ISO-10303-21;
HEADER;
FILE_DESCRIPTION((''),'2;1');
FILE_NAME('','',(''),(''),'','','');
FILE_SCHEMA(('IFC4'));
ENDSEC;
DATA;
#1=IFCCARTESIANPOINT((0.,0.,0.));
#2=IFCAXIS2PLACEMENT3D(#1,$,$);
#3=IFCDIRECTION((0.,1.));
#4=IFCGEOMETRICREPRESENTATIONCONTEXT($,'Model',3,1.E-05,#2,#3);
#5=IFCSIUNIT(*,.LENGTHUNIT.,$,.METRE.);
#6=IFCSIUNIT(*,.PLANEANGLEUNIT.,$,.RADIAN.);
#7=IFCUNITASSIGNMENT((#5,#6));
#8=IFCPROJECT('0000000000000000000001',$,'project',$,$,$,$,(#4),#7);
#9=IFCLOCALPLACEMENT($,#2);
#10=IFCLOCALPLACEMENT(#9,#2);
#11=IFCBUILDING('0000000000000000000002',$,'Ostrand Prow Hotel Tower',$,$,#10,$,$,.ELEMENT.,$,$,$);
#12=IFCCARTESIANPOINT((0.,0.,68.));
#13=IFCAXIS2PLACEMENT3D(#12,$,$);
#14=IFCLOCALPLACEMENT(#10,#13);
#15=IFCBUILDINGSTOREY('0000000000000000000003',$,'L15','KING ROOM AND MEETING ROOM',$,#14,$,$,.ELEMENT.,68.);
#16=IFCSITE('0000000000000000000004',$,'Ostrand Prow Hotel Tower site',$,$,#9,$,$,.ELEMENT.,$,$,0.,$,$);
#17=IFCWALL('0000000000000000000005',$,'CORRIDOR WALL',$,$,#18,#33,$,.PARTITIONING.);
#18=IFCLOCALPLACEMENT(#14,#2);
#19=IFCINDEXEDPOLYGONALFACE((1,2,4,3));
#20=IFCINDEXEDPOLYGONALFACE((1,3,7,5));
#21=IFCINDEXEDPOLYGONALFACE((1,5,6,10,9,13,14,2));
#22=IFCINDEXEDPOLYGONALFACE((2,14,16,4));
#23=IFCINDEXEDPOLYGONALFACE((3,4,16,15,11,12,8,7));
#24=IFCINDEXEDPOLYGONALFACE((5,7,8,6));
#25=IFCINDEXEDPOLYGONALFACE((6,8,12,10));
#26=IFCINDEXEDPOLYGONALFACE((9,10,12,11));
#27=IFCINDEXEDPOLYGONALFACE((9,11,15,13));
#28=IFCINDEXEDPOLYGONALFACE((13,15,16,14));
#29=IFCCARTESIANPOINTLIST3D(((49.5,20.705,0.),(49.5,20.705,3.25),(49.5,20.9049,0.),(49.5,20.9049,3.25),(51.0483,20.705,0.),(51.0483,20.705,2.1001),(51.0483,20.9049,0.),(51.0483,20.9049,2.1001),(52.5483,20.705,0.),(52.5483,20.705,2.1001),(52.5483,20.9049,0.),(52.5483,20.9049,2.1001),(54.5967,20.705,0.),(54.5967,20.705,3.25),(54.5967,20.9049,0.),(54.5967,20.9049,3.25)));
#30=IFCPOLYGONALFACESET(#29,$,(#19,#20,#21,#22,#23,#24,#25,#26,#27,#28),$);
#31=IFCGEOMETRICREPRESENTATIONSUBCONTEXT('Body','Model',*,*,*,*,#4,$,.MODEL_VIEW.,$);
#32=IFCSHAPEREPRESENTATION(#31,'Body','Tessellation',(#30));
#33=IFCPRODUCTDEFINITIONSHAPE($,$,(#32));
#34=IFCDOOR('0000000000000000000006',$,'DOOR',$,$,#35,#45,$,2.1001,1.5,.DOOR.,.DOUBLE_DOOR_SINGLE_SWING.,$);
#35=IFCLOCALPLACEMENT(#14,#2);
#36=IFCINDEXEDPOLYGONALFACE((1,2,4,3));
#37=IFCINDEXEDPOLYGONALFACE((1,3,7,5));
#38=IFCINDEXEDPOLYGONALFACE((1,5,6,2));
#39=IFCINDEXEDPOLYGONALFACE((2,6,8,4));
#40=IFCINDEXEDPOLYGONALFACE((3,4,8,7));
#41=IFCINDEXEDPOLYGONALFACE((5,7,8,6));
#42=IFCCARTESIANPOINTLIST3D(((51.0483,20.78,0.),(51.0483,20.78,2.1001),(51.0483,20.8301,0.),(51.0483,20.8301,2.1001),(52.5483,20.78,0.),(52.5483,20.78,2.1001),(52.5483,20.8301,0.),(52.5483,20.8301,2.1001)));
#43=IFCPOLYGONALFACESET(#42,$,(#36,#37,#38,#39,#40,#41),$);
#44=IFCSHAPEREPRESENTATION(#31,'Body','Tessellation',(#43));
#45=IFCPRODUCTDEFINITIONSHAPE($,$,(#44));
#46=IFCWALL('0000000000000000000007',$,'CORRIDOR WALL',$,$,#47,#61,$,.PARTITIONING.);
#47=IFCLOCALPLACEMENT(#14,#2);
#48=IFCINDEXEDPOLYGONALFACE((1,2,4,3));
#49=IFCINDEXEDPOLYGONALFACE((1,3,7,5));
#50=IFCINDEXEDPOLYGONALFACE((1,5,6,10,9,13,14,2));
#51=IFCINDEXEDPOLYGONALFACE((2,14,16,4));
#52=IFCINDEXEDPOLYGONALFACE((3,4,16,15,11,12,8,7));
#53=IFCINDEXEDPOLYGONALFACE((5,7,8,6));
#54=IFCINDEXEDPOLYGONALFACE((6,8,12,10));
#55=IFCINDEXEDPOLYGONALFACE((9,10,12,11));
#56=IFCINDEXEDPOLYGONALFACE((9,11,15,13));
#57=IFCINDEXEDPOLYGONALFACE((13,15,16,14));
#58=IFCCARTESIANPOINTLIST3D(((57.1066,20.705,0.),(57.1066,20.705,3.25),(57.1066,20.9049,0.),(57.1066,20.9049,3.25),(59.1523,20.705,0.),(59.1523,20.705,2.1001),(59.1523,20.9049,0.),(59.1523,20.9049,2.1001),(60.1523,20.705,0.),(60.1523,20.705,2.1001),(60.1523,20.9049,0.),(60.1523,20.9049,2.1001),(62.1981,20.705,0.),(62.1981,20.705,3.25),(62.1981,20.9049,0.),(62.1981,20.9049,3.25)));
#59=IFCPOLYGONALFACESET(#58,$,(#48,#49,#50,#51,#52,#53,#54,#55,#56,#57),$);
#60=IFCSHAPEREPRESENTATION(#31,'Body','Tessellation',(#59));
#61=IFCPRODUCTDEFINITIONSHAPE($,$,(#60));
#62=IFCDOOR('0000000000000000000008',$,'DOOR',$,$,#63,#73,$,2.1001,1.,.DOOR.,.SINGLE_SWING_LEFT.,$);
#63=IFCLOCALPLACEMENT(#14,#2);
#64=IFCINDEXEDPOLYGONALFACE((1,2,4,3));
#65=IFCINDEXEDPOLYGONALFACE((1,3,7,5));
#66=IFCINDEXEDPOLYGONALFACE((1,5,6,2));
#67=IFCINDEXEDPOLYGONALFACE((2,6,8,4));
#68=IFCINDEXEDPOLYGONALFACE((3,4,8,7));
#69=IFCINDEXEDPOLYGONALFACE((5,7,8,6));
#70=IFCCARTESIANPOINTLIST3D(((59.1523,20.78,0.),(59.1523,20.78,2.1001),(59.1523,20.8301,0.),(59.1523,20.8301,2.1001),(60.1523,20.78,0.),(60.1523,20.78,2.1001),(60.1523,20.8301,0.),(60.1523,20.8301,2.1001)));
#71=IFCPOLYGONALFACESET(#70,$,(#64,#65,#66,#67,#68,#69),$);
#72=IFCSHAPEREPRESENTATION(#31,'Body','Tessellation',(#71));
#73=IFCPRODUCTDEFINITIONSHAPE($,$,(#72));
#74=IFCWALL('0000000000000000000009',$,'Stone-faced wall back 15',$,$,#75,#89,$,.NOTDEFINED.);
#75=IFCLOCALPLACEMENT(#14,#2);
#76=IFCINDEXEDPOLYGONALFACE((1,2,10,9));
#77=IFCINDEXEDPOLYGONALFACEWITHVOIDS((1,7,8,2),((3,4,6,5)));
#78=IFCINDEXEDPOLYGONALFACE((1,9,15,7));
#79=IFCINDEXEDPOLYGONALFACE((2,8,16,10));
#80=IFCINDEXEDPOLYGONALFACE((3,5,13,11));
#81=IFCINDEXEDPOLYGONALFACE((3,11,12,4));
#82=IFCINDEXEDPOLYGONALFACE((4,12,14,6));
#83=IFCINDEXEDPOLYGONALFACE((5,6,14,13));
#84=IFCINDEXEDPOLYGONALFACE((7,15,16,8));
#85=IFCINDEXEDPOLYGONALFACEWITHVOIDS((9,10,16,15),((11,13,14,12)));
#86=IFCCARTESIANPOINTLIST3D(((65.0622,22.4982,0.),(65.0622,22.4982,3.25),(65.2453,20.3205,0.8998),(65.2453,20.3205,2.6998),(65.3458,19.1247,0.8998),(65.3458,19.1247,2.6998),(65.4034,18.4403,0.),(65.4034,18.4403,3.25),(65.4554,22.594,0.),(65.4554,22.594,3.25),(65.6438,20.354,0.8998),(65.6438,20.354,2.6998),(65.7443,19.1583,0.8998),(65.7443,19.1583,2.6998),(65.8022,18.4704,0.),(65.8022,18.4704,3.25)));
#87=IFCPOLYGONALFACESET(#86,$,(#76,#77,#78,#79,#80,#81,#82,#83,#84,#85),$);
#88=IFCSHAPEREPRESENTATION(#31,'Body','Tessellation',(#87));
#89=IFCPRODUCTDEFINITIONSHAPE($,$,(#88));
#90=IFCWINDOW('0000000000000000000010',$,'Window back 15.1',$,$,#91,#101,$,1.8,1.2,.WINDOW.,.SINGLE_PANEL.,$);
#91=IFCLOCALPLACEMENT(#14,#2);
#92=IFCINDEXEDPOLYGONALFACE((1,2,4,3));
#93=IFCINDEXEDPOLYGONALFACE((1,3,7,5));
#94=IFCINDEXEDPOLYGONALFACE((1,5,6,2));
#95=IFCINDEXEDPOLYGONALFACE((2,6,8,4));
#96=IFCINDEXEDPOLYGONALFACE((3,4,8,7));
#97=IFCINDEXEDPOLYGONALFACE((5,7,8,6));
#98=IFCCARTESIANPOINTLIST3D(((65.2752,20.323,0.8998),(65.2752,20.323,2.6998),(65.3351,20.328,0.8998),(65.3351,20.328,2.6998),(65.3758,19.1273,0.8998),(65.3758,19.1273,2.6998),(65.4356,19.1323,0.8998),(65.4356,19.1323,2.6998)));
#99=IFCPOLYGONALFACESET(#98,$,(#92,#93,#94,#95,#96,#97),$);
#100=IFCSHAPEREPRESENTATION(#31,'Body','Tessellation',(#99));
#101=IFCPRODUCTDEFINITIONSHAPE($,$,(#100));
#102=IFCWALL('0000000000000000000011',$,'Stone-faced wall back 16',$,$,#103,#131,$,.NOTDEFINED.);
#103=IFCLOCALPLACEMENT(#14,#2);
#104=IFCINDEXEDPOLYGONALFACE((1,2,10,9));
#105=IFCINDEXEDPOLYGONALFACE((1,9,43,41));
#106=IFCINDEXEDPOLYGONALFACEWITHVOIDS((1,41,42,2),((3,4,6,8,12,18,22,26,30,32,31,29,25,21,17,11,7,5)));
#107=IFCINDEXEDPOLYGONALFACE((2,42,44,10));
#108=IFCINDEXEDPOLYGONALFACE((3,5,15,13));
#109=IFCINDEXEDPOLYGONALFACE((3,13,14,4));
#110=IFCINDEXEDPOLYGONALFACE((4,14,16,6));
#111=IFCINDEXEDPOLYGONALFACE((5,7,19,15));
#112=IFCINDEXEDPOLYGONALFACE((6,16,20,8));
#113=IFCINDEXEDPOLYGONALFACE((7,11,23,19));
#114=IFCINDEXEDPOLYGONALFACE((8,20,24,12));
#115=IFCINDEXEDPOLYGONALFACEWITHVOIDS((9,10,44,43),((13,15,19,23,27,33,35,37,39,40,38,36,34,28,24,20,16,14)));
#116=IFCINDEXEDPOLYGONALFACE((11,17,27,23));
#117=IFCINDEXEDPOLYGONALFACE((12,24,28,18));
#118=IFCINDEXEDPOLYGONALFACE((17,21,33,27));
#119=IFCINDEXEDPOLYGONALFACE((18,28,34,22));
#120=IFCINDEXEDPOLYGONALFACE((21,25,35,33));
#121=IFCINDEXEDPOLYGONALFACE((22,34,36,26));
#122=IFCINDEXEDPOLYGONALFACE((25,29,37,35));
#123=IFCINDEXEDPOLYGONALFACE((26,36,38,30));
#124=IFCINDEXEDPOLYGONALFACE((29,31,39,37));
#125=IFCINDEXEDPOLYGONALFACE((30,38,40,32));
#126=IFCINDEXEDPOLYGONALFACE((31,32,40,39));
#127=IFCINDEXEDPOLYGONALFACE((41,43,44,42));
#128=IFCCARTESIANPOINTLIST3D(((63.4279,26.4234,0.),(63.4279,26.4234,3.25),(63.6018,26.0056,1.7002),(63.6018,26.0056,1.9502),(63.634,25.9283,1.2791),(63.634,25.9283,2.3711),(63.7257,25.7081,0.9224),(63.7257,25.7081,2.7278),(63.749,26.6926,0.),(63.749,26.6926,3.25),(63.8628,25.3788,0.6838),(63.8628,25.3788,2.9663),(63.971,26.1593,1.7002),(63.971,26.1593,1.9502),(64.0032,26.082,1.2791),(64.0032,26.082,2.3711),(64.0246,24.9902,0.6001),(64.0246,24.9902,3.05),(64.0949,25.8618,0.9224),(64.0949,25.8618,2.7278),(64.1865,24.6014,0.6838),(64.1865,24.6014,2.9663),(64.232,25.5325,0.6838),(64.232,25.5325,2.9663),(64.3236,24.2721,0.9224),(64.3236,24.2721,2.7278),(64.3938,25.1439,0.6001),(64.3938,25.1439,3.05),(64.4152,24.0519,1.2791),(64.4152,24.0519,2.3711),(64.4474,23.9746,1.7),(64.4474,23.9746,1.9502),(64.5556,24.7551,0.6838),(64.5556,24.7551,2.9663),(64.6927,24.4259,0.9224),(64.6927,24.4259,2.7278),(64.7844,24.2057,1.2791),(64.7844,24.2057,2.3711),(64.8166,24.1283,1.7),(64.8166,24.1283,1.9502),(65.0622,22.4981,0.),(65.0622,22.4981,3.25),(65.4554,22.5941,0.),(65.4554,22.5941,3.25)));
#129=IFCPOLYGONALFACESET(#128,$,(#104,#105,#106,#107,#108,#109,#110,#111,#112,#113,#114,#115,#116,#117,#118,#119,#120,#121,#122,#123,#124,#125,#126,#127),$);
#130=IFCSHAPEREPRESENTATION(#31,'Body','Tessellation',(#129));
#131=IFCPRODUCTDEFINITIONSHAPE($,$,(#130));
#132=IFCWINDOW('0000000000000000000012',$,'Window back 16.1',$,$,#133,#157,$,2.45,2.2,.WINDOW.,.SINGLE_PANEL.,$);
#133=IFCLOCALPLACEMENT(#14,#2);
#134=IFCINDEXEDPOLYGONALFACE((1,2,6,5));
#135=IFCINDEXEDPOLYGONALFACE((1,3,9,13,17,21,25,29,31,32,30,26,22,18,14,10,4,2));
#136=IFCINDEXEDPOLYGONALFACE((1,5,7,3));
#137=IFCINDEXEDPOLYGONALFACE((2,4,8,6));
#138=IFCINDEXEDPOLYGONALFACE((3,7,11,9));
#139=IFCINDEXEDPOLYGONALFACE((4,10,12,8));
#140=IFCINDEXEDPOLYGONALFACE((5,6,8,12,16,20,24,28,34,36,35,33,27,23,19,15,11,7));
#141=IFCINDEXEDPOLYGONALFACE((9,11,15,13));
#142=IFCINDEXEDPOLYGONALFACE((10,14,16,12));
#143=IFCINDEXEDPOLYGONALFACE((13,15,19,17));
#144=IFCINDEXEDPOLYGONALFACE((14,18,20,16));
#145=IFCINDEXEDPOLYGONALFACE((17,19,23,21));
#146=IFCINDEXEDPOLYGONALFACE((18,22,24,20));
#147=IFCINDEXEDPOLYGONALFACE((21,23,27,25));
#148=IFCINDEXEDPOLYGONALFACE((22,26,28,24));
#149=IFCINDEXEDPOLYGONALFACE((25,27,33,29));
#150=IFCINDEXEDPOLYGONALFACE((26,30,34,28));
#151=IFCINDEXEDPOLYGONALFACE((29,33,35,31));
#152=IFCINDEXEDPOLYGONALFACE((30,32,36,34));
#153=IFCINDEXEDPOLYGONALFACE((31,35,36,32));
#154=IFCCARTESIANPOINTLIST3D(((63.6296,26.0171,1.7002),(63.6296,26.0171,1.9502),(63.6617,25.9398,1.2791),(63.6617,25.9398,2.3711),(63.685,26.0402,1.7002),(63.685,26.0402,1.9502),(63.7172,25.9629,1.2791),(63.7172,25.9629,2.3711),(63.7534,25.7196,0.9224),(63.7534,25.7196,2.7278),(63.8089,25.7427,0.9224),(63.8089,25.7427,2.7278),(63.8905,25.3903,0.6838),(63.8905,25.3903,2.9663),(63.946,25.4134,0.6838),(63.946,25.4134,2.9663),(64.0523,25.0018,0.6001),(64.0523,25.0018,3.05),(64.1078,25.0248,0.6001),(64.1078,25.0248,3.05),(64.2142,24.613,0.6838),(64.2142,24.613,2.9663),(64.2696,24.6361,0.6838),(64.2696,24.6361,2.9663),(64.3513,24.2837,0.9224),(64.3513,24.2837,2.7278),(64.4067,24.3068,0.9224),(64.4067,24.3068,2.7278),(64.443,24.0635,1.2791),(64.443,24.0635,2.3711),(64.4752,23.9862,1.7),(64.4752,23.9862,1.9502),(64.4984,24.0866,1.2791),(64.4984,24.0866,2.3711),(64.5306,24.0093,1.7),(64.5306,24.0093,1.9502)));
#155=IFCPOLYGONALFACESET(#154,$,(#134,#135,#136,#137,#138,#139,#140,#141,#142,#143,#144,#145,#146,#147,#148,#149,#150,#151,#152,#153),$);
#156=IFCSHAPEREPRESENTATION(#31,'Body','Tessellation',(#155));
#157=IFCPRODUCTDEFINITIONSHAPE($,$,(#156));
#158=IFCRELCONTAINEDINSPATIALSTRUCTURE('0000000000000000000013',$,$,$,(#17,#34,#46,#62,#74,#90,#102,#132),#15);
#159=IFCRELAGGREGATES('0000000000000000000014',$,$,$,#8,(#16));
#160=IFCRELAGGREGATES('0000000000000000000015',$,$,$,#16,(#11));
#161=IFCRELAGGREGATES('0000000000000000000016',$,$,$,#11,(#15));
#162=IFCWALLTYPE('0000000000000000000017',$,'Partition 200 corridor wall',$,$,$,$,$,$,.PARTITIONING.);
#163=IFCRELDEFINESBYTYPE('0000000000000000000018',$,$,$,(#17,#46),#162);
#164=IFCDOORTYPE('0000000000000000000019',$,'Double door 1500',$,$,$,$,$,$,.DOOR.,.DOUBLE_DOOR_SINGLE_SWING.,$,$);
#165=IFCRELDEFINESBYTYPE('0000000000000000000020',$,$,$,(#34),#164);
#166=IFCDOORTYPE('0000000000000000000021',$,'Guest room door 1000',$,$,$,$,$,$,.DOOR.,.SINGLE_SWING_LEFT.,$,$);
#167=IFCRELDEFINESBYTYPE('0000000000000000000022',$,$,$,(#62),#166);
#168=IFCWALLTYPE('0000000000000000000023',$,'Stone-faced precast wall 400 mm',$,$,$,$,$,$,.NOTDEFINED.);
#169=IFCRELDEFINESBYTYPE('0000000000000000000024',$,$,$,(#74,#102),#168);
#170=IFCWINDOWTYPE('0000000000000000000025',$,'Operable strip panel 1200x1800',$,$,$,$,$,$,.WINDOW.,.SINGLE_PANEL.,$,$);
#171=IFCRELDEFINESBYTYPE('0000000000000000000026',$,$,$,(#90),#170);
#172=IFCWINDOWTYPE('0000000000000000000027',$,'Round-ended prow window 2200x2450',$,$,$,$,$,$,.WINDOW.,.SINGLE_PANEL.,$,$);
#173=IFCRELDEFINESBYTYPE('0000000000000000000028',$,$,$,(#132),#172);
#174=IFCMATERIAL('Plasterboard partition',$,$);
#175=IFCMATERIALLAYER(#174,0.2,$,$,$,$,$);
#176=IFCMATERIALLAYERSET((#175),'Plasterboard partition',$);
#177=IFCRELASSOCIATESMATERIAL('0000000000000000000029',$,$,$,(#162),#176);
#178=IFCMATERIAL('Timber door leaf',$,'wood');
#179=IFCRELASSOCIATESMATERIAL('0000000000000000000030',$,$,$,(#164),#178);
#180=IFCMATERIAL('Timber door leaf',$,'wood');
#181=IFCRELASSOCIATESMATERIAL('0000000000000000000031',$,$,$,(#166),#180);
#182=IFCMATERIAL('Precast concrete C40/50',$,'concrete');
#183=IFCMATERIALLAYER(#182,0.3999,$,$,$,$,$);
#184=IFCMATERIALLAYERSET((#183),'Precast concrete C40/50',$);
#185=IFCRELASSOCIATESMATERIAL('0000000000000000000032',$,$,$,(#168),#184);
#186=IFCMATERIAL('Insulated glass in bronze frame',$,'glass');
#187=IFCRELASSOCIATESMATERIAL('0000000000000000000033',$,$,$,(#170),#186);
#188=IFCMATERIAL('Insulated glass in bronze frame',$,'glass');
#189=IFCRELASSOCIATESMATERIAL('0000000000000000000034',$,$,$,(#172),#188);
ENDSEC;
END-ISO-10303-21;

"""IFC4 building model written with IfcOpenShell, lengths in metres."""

from ifc_helpers import new_model, si_unit, direction, frame, frame_2d, origin, place, context, subcontext, project, spatial, polyline, rectangle, outline, extrude, material, layer, layer_set, type_object, element, fill, save


model = new_model("IFC4")

# Units and contexts
model_context = context("Model", 3, precision=1e-05, world=origin(), true_north=direction((0.0, 1.0)))
body_context = subcontext(model_context, "Body", "Model", "MODEL_VIEW")
ifc_project = project(units=[si_unit("LENGTHUNIT", "METRE"), si_unit("PLANEANGLEUNIT", "RADIAN")], contexts=[model_context])

# Site, building, storey
site_placement = place(None, origin())
site = spatial("IfcSite", under=ifc_project, at=site_placement, Name="Ostrand Prow Hotel Tower site", CompositionType="ELEMENT", RefElevation=0.0)
building_placement = place(site_placement, origin())
building = spatial("IfcBuilding", under=site, at=building_placement, Name="Ostrand Prow Hotel Tower", CompositionType="ELEMENT")
storey_placement = place(building_placement, frame((0.0, 0.0, 68.0)))
storey = spatial("IfcBuildingStorey", under=building, at=storey_placement, Name="L15", Description="KING ROOM AND MEETING ROOM", CompositionType="ELEMENT", Elevation=68.0)

# Walls, openings, doors
ifc_material_1 = material(Name="Plasterboard partition")
ifc_layer_1 = layer(ifc_material_1, 0.2)
ifc_layer_set_1 = layer_set([ifc_layer_1], Name="Plasterboard partition")
wall_type_1 = type_object("IfcWallType", Name="Partition 200 corridor wall", PredefinedType="PARTITIONING", material=ifc_layer_set_1)
wall_1_placement = place(storey_placement, frame((54.5967, 20.8049, 0.0), z_axis=(0.0, 0.0, 1.0), x_axis=(-1.0, 0.0, 0.0)))
wall_1 = element("IfcWall", 1, at=wall_1_placement, inside=storey, type_object=wall_type_1, Name="CORRIDOR WALL", PredefinedType="PARTITIONING", context=body_context, shape_type="SweptSolid", body=[
    extrude(rectangle(XDim=5.0967, YDim=0.2, at=frame_2d((2.5483, 0.0))), origin(), (0.0, 0.0, 1.0), 3.25),
])
opening_1_placement = place(wall_1_placement, frame((2.0483, 0.0, 0.0)))
opening_1 = element("IfcOpeningElement", 2, at=opening_1_placement, cuts=wall_1, PredefinedType="OPENING", context=body_context, shape_type="SweptSolid", body=[
    extrude(rectangle(XDim=1.5, YDim=2.1001, at=frame_2d((0.75, 1.05))), frame((0.0, 0.1099, 0.0), z_axis=(0.0, -1.0, 0.0), x_axis=(1.0, 0.0, 0.0)), (0.0, 0.0, 1.0), 0.22),
])
ifc_material_2 = material(Name="Timber door leaf", Category="wood")
door_type_1 = type_object("IfcDoorType", Name="Double door 1500", OperationType="DOUBLE_DOOR_SINGLE_SWING", PredefinedType="DOOR", material=ifc_material_2)
door_1_placement = place(opening_1_placement, origin())
door_1 = element("IfcDoor", 3, at=door_1_placement, inside=storey, type_object=door_type_1, Name="DOOR", OperationType="DOUBLE_DOOR_SINGLE_SWING", OverallHeight=2.1001, OverallWidth=1.5, PredefinedType="DOOR", context=body_context, shape_type="SweptSolid", body=[
    extrude(rectangle(XDim=1.5, YDim=2.1001, at=frame_2d((0.75, 1.05))), frame((0.0, 0.0249, 0.0), z_axis=(0.0, -1.0, 0.0), x_axis=(1.0, 0.0, 0.0)), (0.0, 0.0, 1.0), 0.05),
])
fill(opening_1, door_1)
wall_2_placement = place(storey_placement, frame((62.1982, 20.8049, 0.0), z_axis=(0.0, 0.0, 1.0), x_axis=(-1.0, 0.0, 0.0)))
wall_2 = element("IfcWall", 4, at=wall_2_placement, inside=storey, type_object=wall_type_1, Name="CORRIDOR WALL", PredefinedType="PARTITIONING", context=body_context, shape_type="SweptSolid", body=[
    extrude(rectangle(XDim=5.0916, YDim=0.2, at=frame_2d((2.5459, 0.0))), origin(), (0.0, 0.0, 1.0), 3.25),
])
opening_2_placement = place(wall_2_placement, frame((2.0459, 0.0, 0.0)))
opening_2 = element("IfcOpeningElement", 5, at=opening_2_placement, cuts=wall_2, PredefinedType="OPENING", context=body_context, shape_type="SweptSolid", body=[
    extrude(rectangle(XDim=1.0, YDim=2.1001, at=frame_2d((0.5, 1.05))), frame((0.0, 0.1099, 0.0), z_axis=(0.0, -1.0, 0.0), x_axis=(1.0, 0.0, 0.0)), (0.0, 0.0, 1.0), 0.22),
])
ifc_material_3 = material(Name="Timber door leaf", Category="wood")
door_type_2 = type_object("IfcDoorType", Name="Guest room door 1000", OperationType="SINGLE_SWING_LEFT", PredefinedType="DOOR", material=ifc_material_3)
door_2_placement = place(opening_2_placement, origin())
door_2 = element("IfcDoor", 6, at=door_2_placement, inside=storey, type_object=door_type_2, Name="DOOR", OperationType="SINGLE_SWING_LEFT", OverallHeight=2.1001, OverallWidth=1.0, PredefinedType="DOOR", context=body_context, shape_type="SweptSolid", body=[
    extrude(rectangle(XDim=1.0, YDim=2.1001, at=frame_2d((0.5, 1.05))), frame((0.0, 0.0249, 0.0), z_axis=(0.0, -1.0, 0.0), x_axis=(1.0, 0.0, 0.0)), (0.0, 0.0, 1.0), 0.05),
])
fill(opening_2, door_2)

# Walls, openings, windows
ifc_material_4 = material(Name="Precast concrete C40/50", Category="concrete")
ifc_layer_2 = layer(ifc_material_4, 0.3999)
ifc_layer_set_2 = layer_set([ifc_layer_2], Name="Precast concrete C40/50")
wall_type_2 = type_object("IfcWallType", Name="Stone-faced precast wall 400 mm", PredefinedType="NOTDEFINED", material=ifc_layer_set_2)
wall_3_placement = place(storey_placement, frame((65.6028, 18.4553, 0.0), z_axis=(0.0, 0.0, 1.0), x_axis=(-0.083794, 0.996483, 0.0)))
wall_3 = element("IfcWall", 7, at=wall_3_placement, inside=storey, type_object=wall_type_2, Name="Stone-faced wall back 15", PredefinedType="NOTDEFINED", context=body_context, shape_type="SweptSolid", body=[
    extrude(outline(polyline([(-0.0017, -0.2), (4.1365, -0.2), (4.074, 0.2), (0.0017, 0.2), (-0.0017, -0.2)])), origin(), (0.0, 0.0, 1.0), 3.25),
])
opening_3_placement = place(wall_3_placement, frame((0.6885, 0.0, 0.8999)))
opening_3 = element("IfcOpeningElement", 8, at=opening_3_placement, cuts=wall_3, PredefinedType="OPENING", context=body_context, shape_type="SweptSolid", body=[
    extrude(rectangle(XDim=1.2, YDim=1.8, at=frame_2d((0.6001, 0.8999))), frame((0.0, 0.21, 0.0), z_axis=(0.0, -1.0, 0.0), x_axis=(1.0, 0.0, 0.0)), (0.0, 0.0, 1.0), 0.4199),
])
ifc_material_5 = material(Name="Insulated glass in bronze frame", Category="glass")
window_type_1 = type_object("IfcWindowType", Name="Operable strip panel 1200x1800", PartitioningType="SINGLE_PANEL", PredefinedType="WINDOW", material=ifc_material_5)
window_1_placement = place(opening_3_placement, origin())
window_1 = element("IfcWindow", 9, at=window_1_placement, inside=storey, type_object=window_type_1, Name="Window back 15.1", OverallHeight=1.8, OverallWidth=1.2, PartitioningType="SINGLE_PANEL", PredefinedType="WINDOW", context=body_context, shape_type="SweptSolid", body=[
    extrude(rectangle(XDim=1.2, YDim=1.8, at=frame_2d((0.6001, 0.8999))), frame((0.0, 0.1699, 0.0), z_axis=(0.0, -1.0, 0.0), x_axis=(1.0, 0.0, 0.0)), (0.0, 0.0, 1.0), 0.0601),
])
fill(opening_3, window_1)
wall_4_placement = place(storey_placement, frame((65.2588, 22.5461, 0.0), z_axis=(0.0, 0.0, 1.0), x_axis=(-0.384372, 0.923178, 0.0)))
wall_4 = element("IfcWall", 10, at=wall_4_placement, inside=storey, type_object=wall_type_2, Name="Stone-faced wall back 16", PredefinedType="NOTDEFINED", context=body_context, shape_type="SweptSolid", body=[
    extrude(outline(polyline([(-0.0312, -0.2), (4.4082, -0.2), (4.2832, 0.2), (0.0312, 0.2), (-0.0312, -0.2)])), origin(), (0.0, 0.0, 1.0), 3.25),
])
opening_4_placement = place(wall_4_placement, frame((1.6306, 0.0, 0.6001)))
opening_4 = element("IfcOpeningElement", 11, at=opening_4_placement, cuts=wall_4, PredefinedType="OPENING", context=body_context, shape_type="SweptSolid", body=[
    extrude(outline(polyline([(0.0, 1.3501), (0.0837, 1.771), (0.3223, 2.1277), (0.679, 2.3662), (1.1001, 2.45), (1.521, 2.3662), (1.8777, 2.1277), (2.1162, 1.771), (2.2, 1.3501), (2.2, 1.1001), (2.1162, 0.679), (1.8777, 0.3223), (1.521, 0.0837), (1.1001, 0.0), (0.679, 0.0837), (0.3223, 0.3223), (0.0837, 0.679), (0.0, 1.0999), (0.0, 1.3501)])), frame((0.0, 0.21, 0.0), z_axis=(0.0, -1.0, 0.0), x_axis=(1.0, 0.0, 0.0)), (0.0, 0.0, 1.0), 0.4199),
])
ifc_material_6 = material(Name="Insulated glass in bronze frame", Category="glass")
window_type_2 = type_object("IfcWindowType", Name="Round-ended prow window 2200x2450", PartitioningType="SINGLE_PANEL", PredefinedType="WINDOW", material=ifc_material_6)
window_2_placement = place(opening_4_placement, origin())
window_2 = element("IfcWindow", 12, at=window_2_placement, inside=storey, type_object=window_type_2, Name="Window back 16.1", OverallHeight=2.45, OverallWidth=2.2, PartitioningType="SINGLE_PANEL", PredefinedType="WINDOW", context=body_context, shape_type="SweptSolid", body=[
    extrude(outline(polyline([(0.0, 1.3501), (0.0837, 1.771), (0.3223, 2.1277), (0.679, 2.3662), (1.1001, 2.45), (1.521, 2.3662), (1.8777, 2.1277), (2.1162, 1.771), (2.2, 1.3501), (2.2, 1.1001), (2.1162, 0.679), (1.8777, 0.3223), (1.521, 0.0837), (1.1001, 0.0), (0.679, 0.0837), (0.3223, 0.3223), (0.0837, 0.679), (0.0, 1.0999), (0.0, 1.3501)])), frame((0.0, 0.1699, 0.0), z_axis=(0.0, -1.0, 0.0), x_axis=(1.0, 0.0, 0.0)), (0.0, 0.0, 1.0), 0.0601),
])
fill(opening_4, window_2)

save(model, "model.ifc")
